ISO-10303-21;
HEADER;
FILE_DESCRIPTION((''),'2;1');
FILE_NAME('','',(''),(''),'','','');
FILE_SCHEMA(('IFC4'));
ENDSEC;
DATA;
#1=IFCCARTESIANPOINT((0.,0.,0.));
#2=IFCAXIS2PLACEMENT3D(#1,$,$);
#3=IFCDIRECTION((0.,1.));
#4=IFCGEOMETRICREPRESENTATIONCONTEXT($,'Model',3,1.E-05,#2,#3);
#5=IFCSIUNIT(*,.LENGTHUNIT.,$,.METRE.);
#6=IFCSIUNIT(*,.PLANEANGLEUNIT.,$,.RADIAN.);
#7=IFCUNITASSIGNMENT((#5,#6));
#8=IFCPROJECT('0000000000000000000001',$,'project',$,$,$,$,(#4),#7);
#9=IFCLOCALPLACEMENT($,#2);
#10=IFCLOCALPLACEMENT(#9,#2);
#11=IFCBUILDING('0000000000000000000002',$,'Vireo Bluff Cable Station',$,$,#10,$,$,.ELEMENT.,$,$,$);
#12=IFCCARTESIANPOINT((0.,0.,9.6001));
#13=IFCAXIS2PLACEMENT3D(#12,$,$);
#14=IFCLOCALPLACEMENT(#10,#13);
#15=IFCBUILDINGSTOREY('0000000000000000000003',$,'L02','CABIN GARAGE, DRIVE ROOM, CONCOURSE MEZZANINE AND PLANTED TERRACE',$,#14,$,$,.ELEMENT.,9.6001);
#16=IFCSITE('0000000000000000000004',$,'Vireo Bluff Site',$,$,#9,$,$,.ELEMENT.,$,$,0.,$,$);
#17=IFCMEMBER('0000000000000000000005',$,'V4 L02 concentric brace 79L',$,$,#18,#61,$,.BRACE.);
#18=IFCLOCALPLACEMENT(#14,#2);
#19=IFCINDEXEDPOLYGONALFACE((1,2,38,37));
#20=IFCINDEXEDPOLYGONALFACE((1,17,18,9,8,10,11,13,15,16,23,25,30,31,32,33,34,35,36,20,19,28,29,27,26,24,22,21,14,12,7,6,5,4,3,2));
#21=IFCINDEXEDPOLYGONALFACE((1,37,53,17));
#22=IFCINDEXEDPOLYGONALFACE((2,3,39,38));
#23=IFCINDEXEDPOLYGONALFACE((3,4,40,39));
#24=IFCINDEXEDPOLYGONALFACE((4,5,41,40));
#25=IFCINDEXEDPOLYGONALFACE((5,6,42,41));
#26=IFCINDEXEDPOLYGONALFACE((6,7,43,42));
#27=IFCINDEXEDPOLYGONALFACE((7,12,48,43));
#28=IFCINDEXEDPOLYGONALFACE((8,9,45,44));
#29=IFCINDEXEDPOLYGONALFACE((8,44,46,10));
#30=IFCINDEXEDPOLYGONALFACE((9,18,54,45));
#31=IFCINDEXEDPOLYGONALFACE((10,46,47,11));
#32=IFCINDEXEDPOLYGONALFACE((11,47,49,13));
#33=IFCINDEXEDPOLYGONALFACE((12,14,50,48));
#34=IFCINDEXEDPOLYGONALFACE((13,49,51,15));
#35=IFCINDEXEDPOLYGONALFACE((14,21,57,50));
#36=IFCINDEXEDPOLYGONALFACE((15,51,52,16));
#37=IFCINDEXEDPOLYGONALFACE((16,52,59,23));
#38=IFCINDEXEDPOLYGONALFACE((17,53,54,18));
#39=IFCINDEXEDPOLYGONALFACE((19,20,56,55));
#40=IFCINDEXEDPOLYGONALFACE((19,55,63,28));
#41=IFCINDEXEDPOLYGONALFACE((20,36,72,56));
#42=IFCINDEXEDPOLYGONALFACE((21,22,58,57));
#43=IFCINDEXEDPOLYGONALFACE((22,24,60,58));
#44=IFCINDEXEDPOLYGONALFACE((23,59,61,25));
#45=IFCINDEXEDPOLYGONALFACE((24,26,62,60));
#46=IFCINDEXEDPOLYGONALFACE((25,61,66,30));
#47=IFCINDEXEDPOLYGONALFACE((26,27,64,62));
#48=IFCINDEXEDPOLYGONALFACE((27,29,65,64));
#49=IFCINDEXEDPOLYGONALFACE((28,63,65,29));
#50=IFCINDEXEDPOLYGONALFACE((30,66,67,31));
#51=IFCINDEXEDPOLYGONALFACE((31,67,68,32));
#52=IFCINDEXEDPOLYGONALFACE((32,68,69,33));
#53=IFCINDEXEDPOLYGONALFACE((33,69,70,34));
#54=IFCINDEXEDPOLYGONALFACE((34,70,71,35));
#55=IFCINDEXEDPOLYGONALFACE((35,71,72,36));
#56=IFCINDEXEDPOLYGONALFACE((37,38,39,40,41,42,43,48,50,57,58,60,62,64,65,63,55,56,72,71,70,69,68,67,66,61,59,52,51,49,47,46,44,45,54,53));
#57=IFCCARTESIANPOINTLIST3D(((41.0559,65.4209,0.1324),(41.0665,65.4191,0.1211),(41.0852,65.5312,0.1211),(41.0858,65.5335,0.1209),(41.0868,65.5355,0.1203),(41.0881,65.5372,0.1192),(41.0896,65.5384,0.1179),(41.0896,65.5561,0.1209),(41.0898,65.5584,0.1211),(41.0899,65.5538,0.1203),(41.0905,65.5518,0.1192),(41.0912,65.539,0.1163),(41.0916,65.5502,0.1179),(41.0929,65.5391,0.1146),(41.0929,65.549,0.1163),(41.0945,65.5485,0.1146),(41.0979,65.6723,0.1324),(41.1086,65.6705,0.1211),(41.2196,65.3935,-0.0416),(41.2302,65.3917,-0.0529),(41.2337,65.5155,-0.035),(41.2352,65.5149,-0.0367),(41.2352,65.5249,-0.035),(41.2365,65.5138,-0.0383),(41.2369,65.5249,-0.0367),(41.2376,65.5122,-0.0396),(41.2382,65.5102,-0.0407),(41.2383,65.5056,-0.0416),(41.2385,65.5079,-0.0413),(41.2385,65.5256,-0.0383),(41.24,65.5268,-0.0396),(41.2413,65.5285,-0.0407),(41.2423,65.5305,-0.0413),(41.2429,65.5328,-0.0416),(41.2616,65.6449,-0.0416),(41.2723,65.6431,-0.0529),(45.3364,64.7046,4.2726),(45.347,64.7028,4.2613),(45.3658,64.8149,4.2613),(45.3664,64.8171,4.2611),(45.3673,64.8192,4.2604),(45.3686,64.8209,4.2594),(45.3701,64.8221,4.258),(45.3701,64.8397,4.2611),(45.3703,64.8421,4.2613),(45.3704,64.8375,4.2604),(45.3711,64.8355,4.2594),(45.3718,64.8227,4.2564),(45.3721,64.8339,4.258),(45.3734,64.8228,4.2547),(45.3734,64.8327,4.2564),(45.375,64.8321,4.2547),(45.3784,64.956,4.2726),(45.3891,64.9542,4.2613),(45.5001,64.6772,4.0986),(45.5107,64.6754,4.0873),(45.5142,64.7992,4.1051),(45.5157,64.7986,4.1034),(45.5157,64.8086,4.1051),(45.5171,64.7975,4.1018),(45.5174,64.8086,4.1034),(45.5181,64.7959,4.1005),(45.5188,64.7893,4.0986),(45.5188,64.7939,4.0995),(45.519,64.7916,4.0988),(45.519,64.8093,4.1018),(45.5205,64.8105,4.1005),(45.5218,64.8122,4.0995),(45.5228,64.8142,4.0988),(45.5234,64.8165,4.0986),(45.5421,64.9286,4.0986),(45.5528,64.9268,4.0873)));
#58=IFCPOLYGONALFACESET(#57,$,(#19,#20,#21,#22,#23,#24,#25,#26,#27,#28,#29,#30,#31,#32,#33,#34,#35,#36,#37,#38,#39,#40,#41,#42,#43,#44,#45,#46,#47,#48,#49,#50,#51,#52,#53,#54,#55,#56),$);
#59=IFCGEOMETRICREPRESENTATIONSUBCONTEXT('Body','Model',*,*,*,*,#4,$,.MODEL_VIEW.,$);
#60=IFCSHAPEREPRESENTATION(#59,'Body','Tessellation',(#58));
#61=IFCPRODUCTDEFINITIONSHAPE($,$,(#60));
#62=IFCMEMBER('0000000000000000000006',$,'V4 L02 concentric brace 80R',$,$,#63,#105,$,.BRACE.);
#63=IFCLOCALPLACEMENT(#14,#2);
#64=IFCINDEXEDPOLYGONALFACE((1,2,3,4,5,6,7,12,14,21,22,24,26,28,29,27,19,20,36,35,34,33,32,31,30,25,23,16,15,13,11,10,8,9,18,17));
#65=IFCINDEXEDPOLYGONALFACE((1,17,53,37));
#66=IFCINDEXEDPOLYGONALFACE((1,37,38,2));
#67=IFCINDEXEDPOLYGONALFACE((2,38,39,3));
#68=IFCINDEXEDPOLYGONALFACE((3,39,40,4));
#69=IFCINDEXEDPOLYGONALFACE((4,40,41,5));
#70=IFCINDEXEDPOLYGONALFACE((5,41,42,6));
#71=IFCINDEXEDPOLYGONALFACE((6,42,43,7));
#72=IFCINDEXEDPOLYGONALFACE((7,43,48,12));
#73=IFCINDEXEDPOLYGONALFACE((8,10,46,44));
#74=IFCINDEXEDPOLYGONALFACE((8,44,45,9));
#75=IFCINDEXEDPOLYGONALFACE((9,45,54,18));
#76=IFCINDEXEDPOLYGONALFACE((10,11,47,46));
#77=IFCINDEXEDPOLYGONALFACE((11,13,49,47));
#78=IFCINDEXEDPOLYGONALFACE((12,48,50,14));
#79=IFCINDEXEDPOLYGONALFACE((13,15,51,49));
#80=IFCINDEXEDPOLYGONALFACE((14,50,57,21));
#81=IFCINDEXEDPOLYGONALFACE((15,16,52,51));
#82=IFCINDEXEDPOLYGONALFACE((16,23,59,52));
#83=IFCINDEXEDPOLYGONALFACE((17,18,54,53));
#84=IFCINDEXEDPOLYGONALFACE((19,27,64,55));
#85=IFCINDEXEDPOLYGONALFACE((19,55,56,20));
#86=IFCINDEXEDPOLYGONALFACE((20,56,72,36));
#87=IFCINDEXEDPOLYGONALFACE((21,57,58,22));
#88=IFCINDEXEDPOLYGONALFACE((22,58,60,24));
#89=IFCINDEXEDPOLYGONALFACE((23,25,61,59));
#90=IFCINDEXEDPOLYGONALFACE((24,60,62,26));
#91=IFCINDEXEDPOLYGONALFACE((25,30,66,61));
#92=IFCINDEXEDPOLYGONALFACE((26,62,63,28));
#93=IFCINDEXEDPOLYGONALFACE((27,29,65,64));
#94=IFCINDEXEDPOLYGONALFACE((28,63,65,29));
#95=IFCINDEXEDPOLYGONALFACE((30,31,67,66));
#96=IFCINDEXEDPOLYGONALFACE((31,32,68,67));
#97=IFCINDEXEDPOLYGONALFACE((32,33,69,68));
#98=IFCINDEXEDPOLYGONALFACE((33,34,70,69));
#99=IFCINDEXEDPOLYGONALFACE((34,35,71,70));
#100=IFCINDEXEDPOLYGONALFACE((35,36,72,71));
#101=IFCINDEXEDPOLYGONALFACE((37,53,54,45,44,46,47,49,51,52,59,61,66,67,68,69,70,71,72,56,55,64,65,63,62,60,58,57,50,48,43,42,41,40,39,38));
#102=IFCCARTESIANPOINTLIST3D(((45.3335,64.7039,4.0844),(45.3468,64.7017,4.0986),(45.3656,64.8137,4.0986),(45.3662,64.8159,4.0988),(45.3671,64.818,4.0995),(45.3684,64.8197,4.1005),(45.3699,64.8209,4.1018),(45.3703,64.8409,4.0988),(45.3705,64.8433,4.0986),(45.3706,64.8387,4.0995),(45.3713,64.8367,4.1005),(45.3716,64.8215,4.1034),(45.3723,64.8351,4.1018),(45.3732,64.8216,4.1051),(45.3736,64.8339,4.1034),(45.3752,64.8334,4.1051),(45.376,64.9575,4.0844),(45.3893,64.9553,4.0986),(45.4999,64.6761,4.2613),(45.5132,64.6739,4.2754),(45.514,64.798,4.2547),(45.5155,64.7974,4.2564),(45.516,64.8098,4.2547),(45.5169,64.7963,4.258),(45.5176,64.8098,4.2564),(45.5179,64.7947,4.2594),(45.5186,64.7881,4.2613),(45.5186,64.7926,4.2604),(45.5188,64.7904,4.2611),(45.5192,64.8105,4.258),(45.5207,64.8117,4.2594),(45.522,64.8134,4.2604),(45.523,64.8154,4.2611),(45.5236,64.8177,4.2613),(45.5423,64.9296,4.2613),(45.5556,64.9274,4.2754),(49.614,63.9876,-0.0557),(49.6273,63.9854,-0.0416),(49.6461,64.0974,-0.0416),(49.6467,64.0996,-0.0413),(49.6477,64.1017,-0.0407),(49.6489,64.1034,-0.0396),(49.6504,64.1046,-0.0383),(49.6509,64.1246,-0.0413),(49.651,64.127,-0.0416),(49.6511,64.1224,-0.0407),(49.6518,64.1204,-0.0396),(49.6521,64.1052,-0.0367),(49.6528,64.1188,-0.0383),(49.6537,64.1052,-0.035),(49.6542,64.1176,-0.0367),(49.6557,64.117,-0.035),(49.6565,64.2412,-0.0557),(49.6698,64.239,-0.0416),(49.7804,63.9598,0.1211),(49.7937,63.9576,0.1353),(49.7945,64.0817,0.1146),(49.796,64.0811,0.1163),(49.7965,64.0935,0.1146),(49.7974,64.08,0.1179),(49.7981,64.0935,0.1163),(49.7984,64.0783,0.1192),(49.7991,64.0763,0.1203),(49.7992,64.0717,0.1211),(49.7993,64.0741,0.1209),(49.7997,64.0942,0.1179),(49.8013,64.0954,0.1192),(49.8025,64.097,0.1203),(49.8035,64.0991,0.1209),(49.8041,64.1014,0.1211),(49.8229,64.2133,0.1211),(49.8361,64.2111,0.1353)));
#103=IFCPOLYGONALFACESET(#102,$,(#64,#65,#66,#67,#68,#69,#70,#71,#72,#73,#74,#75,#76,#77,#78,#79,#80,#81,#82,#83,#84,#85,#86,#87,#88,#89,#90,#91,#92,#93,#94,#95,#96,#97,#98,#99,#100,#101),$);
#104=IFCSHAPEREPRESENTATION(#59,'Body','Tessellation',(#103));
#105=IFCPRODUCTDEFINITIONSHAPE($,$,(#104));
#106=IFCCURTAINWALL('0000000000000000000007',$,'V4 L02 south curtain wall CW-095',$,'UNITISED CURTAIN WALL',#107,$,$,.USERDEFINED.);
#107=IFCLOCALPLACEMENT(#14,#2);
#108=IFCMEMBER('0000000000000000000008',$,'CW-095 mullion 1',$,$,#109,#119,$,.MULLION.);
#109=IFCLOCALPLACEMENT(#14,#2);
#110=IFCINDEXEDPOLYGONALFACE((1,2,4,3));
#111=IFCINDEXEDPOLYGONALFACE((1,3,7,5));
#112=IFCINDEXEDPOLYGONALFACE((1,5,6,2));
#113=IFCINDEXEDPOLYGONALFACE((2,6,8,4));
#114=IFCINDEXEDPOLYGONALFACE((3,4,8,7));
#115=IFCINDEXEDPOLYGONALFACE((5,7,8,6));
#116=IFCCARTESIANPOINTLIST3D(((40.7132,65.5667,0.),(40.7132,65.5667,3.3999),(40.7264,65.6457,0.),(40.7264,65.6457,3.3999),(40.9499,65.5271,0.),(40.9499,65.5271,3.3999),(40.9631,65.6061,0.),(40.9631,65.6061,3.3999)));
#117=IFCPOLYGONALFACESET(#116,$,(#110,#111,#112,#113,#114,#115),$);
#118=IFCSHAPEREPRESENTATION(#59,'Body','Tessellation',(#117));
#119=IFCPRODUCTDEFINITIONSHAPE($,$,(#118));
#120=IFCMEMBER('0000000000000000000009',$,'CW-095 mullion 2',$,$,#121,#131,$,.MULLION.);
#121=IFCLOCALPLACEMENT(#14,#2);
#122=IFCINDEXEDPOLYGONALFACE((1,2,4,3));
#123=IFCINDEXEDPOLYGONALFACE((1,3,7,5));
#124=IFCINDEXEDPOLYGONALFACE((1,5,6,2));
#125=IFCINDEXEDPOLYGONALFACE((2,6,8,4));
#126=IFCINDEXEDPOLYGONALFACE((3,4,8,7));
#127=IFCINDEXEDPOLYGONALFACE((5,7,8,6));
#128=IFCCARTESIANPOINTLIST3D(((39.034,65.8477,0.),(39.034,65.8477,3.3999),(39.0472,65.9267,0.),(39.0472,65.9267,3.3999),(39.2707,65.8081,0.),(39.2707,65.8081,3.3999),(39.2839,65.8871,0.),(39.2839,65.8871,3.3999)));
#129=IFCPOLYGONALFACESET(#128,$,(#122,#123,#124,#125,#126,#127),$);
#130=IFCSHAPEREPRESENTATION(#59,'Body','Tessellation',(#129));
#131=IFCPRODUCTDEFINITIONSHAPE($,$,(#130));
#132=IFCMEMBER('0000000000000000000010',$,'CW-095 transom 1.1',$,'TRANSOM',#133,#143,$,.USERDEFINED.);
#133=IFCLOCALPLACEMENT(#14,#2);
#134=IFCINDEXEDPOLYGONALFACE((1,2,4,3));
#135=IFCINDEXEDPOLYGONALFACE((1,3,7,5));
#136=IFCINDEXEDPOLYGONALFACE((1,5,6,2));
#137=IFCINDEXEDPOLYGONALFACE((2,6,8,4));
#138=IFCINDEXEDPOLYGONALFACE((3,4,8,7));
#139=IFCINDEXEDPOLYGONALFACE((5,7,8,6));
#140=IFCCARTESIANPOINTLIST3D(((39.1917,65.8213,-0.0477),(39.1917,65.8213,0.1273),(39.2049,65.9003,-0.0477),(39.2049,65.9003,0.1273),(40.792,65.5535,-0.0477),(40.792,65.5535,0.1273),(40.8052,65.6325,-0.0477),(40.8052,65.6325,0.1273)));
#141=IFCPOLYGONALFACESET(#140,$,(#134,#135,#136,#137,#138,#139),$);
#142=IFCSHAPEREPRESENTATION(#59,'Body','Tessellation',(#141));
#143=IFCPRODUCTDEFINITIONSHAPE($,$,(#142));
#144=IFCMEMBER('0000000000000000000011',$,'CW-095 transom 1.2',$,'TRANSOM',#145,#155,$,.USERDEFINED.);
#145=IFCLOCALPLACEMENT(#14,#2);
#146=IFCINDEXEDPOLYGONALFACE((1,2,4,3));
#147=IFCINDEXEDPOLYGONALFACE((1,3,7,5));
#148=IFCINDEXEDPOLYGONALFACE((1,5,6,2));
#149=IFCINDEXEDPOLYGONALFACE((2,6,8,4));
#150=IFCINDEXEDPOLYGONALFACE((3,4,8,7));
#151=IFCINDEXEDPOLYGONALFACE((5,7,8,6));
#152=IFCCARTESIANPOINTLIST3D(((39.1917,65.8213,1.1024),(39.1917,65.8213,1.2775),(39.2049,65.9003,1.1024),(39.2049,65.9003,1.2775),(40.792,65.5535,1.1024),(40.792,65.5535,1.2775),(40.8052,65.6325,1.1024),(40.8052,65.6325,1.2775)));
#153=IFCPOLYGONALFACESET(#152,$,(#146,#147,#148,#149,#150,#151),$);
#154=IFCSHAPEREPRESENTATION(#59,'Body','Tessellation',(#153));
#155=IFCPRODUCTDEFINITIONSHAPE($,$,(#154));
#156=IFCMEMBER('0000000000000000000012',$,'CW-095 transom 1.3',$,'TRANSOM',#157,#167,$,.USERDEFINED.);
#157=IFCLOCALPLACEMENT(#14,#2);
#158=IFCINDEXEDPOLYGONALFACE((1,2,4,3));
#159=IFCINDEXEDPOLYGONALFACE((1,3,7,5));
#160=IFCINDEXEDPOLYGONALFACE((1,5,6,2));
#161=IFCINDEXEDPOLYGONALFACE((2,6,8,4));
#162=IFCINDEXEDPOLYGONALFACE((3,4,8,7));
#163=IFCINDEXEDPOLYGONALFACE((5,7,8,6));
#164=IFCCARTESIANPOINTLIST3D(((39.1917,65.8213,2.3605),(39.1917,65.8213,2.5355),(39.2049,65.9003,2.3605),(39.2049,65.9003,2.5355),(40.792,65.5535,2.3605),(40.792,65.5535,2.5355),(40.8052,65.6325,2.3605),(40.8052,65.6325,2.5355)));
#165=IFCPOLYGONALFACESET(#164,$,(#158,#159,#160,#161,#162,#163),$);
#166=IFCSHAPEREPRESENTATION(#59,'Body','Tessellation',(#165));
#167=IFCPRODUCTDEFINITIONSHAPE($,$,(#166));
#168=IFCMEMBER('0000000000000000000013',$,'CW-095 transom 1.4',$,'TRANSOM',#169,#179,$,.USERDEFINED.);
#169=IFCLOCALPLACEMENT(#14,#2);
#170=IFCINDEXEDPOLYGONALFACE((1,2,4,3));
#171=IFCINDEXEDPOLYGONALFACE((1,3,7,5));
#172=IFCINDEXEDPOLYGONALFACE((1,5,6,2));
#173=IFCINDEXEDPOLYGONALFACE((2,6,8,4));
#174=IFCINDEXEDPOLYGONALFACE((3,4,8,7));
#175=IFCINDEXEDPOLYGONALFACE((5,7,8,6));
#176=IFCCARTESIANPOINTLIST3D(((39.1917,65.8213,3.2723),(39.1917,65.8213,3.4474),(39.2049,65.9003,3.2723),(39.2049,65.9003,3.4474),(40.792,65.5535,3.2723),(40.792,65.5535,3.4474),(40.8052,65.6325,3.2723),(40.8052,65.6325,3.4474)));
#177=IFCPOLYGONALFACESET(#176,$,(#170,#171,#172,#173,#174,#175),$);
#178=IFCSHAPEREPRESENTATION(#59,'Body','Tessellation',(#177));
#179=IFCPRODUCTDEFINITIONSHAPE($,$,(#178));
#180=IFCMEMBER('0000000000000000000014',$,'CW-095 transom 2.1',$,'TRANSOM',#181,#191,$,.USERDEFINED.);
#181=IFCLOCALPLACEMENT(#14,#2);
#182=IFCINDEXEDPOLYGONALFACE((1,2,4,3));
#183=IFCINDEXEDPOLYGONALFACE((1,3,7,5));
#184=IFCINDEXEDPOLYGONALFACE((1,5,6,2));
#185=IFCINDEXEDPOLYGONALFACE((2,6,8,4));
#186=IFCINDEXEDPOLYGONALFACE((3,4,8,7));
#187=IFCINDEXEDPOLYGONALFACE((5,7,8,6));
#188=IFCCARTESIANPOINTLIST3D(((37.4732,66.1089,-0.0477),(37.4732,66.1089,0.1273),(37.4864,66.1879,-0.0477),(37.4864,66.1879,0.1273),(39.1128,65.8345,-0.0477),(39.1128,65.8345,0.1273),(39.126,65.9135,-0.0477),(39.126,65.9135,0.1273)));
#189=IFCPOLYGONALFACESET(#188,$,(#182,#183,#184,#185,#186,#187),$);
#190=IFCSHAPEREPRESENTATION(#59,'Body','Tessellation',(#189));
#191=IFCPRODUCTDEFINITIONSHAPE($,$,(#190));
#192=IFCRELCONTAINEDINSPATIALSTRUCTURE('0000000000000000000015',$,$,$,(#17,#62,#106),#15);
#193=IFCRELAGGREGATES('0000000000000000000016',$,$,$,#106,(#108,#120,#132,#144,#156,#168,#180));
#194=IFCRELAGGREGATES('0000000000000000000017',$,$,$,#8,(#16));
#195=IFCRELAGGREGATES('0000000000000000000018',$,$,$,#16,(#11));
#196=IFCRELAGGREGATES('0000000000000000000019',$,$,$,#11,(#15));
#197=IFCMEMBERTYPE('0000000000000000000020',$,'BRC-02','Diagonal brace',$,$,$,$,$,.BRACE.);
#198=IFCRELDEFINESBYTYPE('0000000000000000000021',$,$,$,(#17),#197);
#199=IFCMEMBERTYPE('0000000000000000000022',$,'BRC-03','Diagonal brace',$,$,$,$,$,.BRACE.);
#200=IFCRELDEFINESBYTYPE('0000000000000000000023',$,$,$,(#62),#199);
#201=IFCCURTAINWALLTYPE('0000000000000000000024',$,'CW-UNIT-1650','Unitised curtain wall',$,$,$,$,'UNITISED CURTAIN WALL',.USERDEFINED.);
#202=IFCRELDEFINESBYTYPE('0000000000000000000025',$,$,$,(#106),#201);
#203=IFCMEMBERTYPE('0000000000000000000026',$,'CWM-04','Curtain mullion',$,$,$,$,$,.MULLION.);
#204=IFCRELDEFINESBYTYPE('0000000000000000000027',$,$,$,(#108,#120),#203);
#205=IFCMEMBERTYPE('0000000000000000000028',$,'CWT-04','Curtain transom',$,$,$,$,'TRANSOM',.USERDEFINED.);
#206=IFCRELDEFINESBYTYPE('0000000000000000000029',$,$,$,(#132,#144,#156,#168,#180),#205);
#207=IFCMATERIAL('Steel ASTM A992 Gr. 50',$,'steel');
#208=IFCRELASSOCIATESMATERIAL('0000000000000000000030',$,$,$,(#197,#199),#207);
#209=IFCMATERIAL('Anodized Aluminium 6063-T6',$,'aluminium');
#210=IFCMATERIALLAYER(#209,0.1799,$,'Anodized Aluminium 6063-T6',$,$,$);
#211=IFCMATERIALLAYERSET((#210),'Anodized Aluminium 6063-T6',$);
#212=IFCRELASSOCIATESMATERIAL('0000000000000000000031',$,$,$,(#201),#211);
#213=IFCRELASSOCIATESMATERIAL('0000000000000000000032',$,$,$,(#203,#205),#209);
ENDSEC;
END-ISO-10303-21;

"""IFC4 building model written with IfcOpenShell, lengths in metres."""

from ifc_helpers import new_model, si_unit, direction, frame, origin, origin_2d, place, context, subcontext, project, spatial, rectangle, i_section, extrude, material, layer, layer_set, material_profile, profile_set, type_object, element, aggregate, save


model = new_model("IFC4")

# Units and contexts
model_context = context("Model", 3, precision=1e-05, world=origin(), true_north=direction((0.0, 1.0)))
body_context = subcontext(model_context, "Body", "Model", "MODEL_VIEW")
ifc_project = project(units=[si_unit("LENGTHUNIT", "METRE"), si_unit("PLANEANGLEUNIT", "RADIAN")], contexts=[model_context])

# Site, building, storey
site_placement = place(None, origin())
site = spatial("IfcSite", under=ifc_project, at=site_placement, Name="Vireo Bluff Site", CompositionType="ELEMENT", RefElevation=0.0)
building_placement = place(site_placement, origin())
building = spatial("IfcBuilding", under=site, at=building_placement, Name="Vireo Bluff Cable Station", CompositionType="ELEMENT")
storey_placement = place(building_placement, frame((0.0, 0.0, 9.6001)))
storey = spatial("IfcBuildingStorey", under=building, at=storey_placement, Name="L02", Description="CABIN GARAGE, DRIVE ROOM, CONCOURSE MEZZANINE AND PLANTED TERRACE", CompositionType="ELEMENT", Elevation=9.6001)

# Shared definitions
ifc_material_1 = material(Name="Steel ASTM A992 Gr. 50", Category="steel")

# Members
ifc_material_profile_1 = material_profile(ifc_material_1, i_section(OverallWidth=0.2549, OverallDepth=0.2561, WebThickness=0.0095, FlangeThickness=0.0156, FilletRadius=0.009, at=origin_2d()), Name="W10X54")
ifc_profile_set_1 = profile_set([ifc_material_profile_1], Name="Steel ASTM A992 Gr. 50")
member_type_1 = type_object("IfcMemberType", Name="BRC-02", Description="Diagonal brace", PredefinedType="BRACE", material=ifc_profile_set_1)
member_1_placement = place(storey_placement, frame((41.1641, 65.532, 0.0398), z_axis=(0.713651, -0.119423, 0.690247), x_axis=(0.165047, 0.986286, 0.0)))
element("IfcMember", 1, at=member_1_placement, inside=storey, type_object=member_type_1, Name="V4 L02 concentric brace 79L", PredefinedType="BRACE", context=body_context, shape_type="SweptSolid", body=[
    extrude(i_section(OverallWidth=0.2549, OverallDepth=0.2561, WebThickness=0.0095, FlangeThickness=0.0156, FilletRadius=0.009, at=origin_2d()), origin(), (0.0, 0.0, 1.0), 5.998),
])
ifc_material_profile_2 = material_profile(ifc_material_1, i_section(OverallWidth=0.2571, OverallDepth=0.2639, WebThickness=0.012, FlangeThickness=0.0195, FilletRadius=0.009, at=origin_2d()), Name="W10X68")
ifc_profile_set_2 = profile_set([ifc_material_profile_2], Name="Steel ASTM A992 Gr. 50")
member_type_2 = type_object("IfcMemberType", Name="BRC-03", Description="Diagonal brace", PredefinedType="BRACE", material=ifc_profile_set_2)
member_2_placement = place(storey_placement, frame((49.7251, 64.0994, 0.0398), z_axis=(-0.713651, 0.119423, 0.690247), x_axis=(-0.165047, -0.986286, 0.0)))
element("IfcMember", 2, at=member_2_placement, inside=storey, type_object=member_type_2, Name="V4 L02 concentric brace 80R", PredefinedType="BRACE", context=body_context, shape_type="SweptSolid", body=[
    extrude(i_section(OverallWidth=0.2571, OverallDepth=0.2639, WebThickness=0.012, FlangeThickness=0.0195, FilletRadius=0.009, at=origin_2d()), origin(), (0.0, 0.0, 1.0), 5.998),
])

# Curtain wall, members
ifc_material_2 = material(Name="Anodized Aluminium 6063-T6", Category="aluminium")
ifc_layer_1 = layer(ifc_material_2, 0.1799, Name="Anodized Aluminium 6063-T6")
ifc_layer_set_1 = layer_set([ifc_layer_1], Name="Anodized Aluminium 6063-T6")
curtain_wall_type = type_object("IfcCurtainWallType", Name="CW-UNIT-1650", Description="Unitised curtain wall", ElementType="UNITISED CURTAIN WALL", PredefinedType="USERDEFINED", material=ifc_layer_set_1)
curtain_wall_placement = place(storey_placement, origin())
curtain_wall = element("IfcCurtainWall", 3, at=curtain_wall_placement, inside=storey, type_object=curtain_wall_type, Name="V4 L02 south curtain wall CW-095", ObjectType="UNITISED CURTAIN WALL", PredefinedType="USERDEFINED")
ifc_material_profile_3 = material_profile(ifc_material_2, rectangle(XDim=0.0801, YDim=0.24, at=origin_2d()), Name="ALU-M-80X240")
ifc_profile_set_3 = profile_set([ifc_material_profile_3], Name="Anodized Aluminium 6063-T6")
member_type_3 = type_object("IfcMemberType", Name="CWM-04", Description="Curtain mullion", PredefinedType="MULLION", material=ifc_profile_set_3)
member_3_placement = place(storey_placement, frame((40.8381, 65.5864, 0.0), z_axis=(0.0, 0.0, 1.0), x_axis=(-0.165048, -0.986286, 0.0)))
member_3 = element("IfcMember", 4, at=member_3_placement, type_object=member_type_3, Name="CW-095 mullion 1", PredefinedType="MULLION", context=body_context, shape_type="SweptSolid", body=[
    extrude(rectangle(XDim=0.0801, YDim=0.24, at=origin_2d()), origin(), (0.0, 0.0, 1.0), 3.3999),
])
member_4_placement = place(storey_placement, frame((39.1589, 65.8674, 0.0), z_axis=(0.0, 0.0, 1.0), x_axis=(-0.165048, -0.986286, 0.0)))
member_4 = element("IfcMember", 5, at=member_4_placement, type_object=member_type_3, Name="CW-095 mullion 2", PredefinedType="MULLION", context=body_context, shape_type="SweptSolid", body=[
    extrude(rectangle(XDim=0.0801, YDim=0.24, at=origin_2d()), origin(), (0.0, 0.0, 1.0), 3.3999),
])
ifc_material_profile_4 = material_profile(ifc_material_2, rectangle(XDim=0.0801, YDim=0.175, at=origin_2d()), Name="ALU-T-80X175")
ifc_profile_set_4 = profile_set([ifc_material_profile_4], Name="Anodized Aluminium 6063-T6")
member_type_4 = type_object("IfcMemberType", Name="CWT-04", Description="Curtain transom", ElementType="TRANSOM", PredefinedType="USERDEFINED", material=ifc_profile_set_4)
member_5_placement = place(storey_placement, frame((40.7986, 65.593, 0.0398), z_axis=(-0.986284, 0.165058, 0.0), x_axis=(-0.165058, -0.986284, 0.0)))
member_5 = element("IfcMember", 6, at=member_5_placement, type_object=member_type_4, Name="CW-095 transom 1.1", ObjectType="TRANSOM", PredefinedType="USERDEFINED", context=body_context, shape_type="SweptSolid", body=[
    extrude(rectangle(XDim=0.0801, YDim=0.175, at=origin_2d()), origin(), (0.0, 0.0, 1.0), 1.6226),
])
member_6_placement = place(storey_placement, frame((40.7986, 65.593, 1.1899), z_axis=(-0.986284, 0.165058, 0.0), x_axis=(-0.165058, -0.986284, 0.0)))
member_6 = element("IfcMember", 7, at=member_6_placement, type_object=member_type_4, Name="CW-095 transom 1.2", ObjectType="TRANSOM", PredefinedType="USERDEFINED", context=body_context, shape_type="SweptSolid", body=[
    extrude(rectangle(XDim=0.0801, YDim=0.175, at=origin_2d()), origin(), (0.0, 0.0, 1.0), 1.6226),
])
member_7_placement = place(storey_placement, frame((40.7986, 65.593, 2.448), z_axis=(-0.986284, 0.165058, 0.0), x_axis=(-0.165058, -0.986284, 0.0)))
member_7 = element("IfcMember", 8, at=member_7_placement, type_object=member_type_4, Name="CW-095 transom 1.3", ObjectType="TRANSOM", PredefinedType="USERDEFINED", context=body_context, shape_type="SweptSolid", body=[
    extrude(rectangle(XDim=0.0801, YDim=0.175, at=origin_2d()), origin(), (0.0, 0.0, 1.0), 1.6226),
])
member_8_placement = place(storey_placement, frame((40.7986, 65.593, 3.3599), z_axis=(-0.986284, 0.165058, 0.0), x_axis=(-0.165058, -0.986284, 0.0)))
member_8 = element("IfcMember", 9, at=member_8_placement, type_object=member_type_4, Name="CW-095 transom 1.4", ObjectType="TRANSOM", PredefinedType="USERDEFINED", context=body_context, shape_type="SweptSolid", body=[
    extrude(rectangle(XDim=0.0801, YDim=0.175, at=origin_2d()), origin(), (0.0, 0.0, 1.0), 1.6226),
])
member_9_placement = place(storey_placement, frame((39.1194, 65.874, 0.0398), z_axis=(-0.986283, 0.165066, 0.0), x_axis=(-0.165066, -0.986283, 0.0)))
member_9 = element("IfcMember", 10, at=member_9_placement, type_object=member_type_4, Name="CW-095 transom 2.1", ObjectType="TRANSOM", PredefinedType="USERDEFINED", context=body_context, shape_type="SweptSolid", body=[
    extrude(rectangle(XDim=0.0801, YDim=0.175, at=origin_2d()), origin(), (0.0, 0.0, 1.0), 1.6624),
])

aggregate(curtain_wall, [member_3, member_4, member_5, member_6, member_7, member_8, member_9])

save(model, "model.ifc")
